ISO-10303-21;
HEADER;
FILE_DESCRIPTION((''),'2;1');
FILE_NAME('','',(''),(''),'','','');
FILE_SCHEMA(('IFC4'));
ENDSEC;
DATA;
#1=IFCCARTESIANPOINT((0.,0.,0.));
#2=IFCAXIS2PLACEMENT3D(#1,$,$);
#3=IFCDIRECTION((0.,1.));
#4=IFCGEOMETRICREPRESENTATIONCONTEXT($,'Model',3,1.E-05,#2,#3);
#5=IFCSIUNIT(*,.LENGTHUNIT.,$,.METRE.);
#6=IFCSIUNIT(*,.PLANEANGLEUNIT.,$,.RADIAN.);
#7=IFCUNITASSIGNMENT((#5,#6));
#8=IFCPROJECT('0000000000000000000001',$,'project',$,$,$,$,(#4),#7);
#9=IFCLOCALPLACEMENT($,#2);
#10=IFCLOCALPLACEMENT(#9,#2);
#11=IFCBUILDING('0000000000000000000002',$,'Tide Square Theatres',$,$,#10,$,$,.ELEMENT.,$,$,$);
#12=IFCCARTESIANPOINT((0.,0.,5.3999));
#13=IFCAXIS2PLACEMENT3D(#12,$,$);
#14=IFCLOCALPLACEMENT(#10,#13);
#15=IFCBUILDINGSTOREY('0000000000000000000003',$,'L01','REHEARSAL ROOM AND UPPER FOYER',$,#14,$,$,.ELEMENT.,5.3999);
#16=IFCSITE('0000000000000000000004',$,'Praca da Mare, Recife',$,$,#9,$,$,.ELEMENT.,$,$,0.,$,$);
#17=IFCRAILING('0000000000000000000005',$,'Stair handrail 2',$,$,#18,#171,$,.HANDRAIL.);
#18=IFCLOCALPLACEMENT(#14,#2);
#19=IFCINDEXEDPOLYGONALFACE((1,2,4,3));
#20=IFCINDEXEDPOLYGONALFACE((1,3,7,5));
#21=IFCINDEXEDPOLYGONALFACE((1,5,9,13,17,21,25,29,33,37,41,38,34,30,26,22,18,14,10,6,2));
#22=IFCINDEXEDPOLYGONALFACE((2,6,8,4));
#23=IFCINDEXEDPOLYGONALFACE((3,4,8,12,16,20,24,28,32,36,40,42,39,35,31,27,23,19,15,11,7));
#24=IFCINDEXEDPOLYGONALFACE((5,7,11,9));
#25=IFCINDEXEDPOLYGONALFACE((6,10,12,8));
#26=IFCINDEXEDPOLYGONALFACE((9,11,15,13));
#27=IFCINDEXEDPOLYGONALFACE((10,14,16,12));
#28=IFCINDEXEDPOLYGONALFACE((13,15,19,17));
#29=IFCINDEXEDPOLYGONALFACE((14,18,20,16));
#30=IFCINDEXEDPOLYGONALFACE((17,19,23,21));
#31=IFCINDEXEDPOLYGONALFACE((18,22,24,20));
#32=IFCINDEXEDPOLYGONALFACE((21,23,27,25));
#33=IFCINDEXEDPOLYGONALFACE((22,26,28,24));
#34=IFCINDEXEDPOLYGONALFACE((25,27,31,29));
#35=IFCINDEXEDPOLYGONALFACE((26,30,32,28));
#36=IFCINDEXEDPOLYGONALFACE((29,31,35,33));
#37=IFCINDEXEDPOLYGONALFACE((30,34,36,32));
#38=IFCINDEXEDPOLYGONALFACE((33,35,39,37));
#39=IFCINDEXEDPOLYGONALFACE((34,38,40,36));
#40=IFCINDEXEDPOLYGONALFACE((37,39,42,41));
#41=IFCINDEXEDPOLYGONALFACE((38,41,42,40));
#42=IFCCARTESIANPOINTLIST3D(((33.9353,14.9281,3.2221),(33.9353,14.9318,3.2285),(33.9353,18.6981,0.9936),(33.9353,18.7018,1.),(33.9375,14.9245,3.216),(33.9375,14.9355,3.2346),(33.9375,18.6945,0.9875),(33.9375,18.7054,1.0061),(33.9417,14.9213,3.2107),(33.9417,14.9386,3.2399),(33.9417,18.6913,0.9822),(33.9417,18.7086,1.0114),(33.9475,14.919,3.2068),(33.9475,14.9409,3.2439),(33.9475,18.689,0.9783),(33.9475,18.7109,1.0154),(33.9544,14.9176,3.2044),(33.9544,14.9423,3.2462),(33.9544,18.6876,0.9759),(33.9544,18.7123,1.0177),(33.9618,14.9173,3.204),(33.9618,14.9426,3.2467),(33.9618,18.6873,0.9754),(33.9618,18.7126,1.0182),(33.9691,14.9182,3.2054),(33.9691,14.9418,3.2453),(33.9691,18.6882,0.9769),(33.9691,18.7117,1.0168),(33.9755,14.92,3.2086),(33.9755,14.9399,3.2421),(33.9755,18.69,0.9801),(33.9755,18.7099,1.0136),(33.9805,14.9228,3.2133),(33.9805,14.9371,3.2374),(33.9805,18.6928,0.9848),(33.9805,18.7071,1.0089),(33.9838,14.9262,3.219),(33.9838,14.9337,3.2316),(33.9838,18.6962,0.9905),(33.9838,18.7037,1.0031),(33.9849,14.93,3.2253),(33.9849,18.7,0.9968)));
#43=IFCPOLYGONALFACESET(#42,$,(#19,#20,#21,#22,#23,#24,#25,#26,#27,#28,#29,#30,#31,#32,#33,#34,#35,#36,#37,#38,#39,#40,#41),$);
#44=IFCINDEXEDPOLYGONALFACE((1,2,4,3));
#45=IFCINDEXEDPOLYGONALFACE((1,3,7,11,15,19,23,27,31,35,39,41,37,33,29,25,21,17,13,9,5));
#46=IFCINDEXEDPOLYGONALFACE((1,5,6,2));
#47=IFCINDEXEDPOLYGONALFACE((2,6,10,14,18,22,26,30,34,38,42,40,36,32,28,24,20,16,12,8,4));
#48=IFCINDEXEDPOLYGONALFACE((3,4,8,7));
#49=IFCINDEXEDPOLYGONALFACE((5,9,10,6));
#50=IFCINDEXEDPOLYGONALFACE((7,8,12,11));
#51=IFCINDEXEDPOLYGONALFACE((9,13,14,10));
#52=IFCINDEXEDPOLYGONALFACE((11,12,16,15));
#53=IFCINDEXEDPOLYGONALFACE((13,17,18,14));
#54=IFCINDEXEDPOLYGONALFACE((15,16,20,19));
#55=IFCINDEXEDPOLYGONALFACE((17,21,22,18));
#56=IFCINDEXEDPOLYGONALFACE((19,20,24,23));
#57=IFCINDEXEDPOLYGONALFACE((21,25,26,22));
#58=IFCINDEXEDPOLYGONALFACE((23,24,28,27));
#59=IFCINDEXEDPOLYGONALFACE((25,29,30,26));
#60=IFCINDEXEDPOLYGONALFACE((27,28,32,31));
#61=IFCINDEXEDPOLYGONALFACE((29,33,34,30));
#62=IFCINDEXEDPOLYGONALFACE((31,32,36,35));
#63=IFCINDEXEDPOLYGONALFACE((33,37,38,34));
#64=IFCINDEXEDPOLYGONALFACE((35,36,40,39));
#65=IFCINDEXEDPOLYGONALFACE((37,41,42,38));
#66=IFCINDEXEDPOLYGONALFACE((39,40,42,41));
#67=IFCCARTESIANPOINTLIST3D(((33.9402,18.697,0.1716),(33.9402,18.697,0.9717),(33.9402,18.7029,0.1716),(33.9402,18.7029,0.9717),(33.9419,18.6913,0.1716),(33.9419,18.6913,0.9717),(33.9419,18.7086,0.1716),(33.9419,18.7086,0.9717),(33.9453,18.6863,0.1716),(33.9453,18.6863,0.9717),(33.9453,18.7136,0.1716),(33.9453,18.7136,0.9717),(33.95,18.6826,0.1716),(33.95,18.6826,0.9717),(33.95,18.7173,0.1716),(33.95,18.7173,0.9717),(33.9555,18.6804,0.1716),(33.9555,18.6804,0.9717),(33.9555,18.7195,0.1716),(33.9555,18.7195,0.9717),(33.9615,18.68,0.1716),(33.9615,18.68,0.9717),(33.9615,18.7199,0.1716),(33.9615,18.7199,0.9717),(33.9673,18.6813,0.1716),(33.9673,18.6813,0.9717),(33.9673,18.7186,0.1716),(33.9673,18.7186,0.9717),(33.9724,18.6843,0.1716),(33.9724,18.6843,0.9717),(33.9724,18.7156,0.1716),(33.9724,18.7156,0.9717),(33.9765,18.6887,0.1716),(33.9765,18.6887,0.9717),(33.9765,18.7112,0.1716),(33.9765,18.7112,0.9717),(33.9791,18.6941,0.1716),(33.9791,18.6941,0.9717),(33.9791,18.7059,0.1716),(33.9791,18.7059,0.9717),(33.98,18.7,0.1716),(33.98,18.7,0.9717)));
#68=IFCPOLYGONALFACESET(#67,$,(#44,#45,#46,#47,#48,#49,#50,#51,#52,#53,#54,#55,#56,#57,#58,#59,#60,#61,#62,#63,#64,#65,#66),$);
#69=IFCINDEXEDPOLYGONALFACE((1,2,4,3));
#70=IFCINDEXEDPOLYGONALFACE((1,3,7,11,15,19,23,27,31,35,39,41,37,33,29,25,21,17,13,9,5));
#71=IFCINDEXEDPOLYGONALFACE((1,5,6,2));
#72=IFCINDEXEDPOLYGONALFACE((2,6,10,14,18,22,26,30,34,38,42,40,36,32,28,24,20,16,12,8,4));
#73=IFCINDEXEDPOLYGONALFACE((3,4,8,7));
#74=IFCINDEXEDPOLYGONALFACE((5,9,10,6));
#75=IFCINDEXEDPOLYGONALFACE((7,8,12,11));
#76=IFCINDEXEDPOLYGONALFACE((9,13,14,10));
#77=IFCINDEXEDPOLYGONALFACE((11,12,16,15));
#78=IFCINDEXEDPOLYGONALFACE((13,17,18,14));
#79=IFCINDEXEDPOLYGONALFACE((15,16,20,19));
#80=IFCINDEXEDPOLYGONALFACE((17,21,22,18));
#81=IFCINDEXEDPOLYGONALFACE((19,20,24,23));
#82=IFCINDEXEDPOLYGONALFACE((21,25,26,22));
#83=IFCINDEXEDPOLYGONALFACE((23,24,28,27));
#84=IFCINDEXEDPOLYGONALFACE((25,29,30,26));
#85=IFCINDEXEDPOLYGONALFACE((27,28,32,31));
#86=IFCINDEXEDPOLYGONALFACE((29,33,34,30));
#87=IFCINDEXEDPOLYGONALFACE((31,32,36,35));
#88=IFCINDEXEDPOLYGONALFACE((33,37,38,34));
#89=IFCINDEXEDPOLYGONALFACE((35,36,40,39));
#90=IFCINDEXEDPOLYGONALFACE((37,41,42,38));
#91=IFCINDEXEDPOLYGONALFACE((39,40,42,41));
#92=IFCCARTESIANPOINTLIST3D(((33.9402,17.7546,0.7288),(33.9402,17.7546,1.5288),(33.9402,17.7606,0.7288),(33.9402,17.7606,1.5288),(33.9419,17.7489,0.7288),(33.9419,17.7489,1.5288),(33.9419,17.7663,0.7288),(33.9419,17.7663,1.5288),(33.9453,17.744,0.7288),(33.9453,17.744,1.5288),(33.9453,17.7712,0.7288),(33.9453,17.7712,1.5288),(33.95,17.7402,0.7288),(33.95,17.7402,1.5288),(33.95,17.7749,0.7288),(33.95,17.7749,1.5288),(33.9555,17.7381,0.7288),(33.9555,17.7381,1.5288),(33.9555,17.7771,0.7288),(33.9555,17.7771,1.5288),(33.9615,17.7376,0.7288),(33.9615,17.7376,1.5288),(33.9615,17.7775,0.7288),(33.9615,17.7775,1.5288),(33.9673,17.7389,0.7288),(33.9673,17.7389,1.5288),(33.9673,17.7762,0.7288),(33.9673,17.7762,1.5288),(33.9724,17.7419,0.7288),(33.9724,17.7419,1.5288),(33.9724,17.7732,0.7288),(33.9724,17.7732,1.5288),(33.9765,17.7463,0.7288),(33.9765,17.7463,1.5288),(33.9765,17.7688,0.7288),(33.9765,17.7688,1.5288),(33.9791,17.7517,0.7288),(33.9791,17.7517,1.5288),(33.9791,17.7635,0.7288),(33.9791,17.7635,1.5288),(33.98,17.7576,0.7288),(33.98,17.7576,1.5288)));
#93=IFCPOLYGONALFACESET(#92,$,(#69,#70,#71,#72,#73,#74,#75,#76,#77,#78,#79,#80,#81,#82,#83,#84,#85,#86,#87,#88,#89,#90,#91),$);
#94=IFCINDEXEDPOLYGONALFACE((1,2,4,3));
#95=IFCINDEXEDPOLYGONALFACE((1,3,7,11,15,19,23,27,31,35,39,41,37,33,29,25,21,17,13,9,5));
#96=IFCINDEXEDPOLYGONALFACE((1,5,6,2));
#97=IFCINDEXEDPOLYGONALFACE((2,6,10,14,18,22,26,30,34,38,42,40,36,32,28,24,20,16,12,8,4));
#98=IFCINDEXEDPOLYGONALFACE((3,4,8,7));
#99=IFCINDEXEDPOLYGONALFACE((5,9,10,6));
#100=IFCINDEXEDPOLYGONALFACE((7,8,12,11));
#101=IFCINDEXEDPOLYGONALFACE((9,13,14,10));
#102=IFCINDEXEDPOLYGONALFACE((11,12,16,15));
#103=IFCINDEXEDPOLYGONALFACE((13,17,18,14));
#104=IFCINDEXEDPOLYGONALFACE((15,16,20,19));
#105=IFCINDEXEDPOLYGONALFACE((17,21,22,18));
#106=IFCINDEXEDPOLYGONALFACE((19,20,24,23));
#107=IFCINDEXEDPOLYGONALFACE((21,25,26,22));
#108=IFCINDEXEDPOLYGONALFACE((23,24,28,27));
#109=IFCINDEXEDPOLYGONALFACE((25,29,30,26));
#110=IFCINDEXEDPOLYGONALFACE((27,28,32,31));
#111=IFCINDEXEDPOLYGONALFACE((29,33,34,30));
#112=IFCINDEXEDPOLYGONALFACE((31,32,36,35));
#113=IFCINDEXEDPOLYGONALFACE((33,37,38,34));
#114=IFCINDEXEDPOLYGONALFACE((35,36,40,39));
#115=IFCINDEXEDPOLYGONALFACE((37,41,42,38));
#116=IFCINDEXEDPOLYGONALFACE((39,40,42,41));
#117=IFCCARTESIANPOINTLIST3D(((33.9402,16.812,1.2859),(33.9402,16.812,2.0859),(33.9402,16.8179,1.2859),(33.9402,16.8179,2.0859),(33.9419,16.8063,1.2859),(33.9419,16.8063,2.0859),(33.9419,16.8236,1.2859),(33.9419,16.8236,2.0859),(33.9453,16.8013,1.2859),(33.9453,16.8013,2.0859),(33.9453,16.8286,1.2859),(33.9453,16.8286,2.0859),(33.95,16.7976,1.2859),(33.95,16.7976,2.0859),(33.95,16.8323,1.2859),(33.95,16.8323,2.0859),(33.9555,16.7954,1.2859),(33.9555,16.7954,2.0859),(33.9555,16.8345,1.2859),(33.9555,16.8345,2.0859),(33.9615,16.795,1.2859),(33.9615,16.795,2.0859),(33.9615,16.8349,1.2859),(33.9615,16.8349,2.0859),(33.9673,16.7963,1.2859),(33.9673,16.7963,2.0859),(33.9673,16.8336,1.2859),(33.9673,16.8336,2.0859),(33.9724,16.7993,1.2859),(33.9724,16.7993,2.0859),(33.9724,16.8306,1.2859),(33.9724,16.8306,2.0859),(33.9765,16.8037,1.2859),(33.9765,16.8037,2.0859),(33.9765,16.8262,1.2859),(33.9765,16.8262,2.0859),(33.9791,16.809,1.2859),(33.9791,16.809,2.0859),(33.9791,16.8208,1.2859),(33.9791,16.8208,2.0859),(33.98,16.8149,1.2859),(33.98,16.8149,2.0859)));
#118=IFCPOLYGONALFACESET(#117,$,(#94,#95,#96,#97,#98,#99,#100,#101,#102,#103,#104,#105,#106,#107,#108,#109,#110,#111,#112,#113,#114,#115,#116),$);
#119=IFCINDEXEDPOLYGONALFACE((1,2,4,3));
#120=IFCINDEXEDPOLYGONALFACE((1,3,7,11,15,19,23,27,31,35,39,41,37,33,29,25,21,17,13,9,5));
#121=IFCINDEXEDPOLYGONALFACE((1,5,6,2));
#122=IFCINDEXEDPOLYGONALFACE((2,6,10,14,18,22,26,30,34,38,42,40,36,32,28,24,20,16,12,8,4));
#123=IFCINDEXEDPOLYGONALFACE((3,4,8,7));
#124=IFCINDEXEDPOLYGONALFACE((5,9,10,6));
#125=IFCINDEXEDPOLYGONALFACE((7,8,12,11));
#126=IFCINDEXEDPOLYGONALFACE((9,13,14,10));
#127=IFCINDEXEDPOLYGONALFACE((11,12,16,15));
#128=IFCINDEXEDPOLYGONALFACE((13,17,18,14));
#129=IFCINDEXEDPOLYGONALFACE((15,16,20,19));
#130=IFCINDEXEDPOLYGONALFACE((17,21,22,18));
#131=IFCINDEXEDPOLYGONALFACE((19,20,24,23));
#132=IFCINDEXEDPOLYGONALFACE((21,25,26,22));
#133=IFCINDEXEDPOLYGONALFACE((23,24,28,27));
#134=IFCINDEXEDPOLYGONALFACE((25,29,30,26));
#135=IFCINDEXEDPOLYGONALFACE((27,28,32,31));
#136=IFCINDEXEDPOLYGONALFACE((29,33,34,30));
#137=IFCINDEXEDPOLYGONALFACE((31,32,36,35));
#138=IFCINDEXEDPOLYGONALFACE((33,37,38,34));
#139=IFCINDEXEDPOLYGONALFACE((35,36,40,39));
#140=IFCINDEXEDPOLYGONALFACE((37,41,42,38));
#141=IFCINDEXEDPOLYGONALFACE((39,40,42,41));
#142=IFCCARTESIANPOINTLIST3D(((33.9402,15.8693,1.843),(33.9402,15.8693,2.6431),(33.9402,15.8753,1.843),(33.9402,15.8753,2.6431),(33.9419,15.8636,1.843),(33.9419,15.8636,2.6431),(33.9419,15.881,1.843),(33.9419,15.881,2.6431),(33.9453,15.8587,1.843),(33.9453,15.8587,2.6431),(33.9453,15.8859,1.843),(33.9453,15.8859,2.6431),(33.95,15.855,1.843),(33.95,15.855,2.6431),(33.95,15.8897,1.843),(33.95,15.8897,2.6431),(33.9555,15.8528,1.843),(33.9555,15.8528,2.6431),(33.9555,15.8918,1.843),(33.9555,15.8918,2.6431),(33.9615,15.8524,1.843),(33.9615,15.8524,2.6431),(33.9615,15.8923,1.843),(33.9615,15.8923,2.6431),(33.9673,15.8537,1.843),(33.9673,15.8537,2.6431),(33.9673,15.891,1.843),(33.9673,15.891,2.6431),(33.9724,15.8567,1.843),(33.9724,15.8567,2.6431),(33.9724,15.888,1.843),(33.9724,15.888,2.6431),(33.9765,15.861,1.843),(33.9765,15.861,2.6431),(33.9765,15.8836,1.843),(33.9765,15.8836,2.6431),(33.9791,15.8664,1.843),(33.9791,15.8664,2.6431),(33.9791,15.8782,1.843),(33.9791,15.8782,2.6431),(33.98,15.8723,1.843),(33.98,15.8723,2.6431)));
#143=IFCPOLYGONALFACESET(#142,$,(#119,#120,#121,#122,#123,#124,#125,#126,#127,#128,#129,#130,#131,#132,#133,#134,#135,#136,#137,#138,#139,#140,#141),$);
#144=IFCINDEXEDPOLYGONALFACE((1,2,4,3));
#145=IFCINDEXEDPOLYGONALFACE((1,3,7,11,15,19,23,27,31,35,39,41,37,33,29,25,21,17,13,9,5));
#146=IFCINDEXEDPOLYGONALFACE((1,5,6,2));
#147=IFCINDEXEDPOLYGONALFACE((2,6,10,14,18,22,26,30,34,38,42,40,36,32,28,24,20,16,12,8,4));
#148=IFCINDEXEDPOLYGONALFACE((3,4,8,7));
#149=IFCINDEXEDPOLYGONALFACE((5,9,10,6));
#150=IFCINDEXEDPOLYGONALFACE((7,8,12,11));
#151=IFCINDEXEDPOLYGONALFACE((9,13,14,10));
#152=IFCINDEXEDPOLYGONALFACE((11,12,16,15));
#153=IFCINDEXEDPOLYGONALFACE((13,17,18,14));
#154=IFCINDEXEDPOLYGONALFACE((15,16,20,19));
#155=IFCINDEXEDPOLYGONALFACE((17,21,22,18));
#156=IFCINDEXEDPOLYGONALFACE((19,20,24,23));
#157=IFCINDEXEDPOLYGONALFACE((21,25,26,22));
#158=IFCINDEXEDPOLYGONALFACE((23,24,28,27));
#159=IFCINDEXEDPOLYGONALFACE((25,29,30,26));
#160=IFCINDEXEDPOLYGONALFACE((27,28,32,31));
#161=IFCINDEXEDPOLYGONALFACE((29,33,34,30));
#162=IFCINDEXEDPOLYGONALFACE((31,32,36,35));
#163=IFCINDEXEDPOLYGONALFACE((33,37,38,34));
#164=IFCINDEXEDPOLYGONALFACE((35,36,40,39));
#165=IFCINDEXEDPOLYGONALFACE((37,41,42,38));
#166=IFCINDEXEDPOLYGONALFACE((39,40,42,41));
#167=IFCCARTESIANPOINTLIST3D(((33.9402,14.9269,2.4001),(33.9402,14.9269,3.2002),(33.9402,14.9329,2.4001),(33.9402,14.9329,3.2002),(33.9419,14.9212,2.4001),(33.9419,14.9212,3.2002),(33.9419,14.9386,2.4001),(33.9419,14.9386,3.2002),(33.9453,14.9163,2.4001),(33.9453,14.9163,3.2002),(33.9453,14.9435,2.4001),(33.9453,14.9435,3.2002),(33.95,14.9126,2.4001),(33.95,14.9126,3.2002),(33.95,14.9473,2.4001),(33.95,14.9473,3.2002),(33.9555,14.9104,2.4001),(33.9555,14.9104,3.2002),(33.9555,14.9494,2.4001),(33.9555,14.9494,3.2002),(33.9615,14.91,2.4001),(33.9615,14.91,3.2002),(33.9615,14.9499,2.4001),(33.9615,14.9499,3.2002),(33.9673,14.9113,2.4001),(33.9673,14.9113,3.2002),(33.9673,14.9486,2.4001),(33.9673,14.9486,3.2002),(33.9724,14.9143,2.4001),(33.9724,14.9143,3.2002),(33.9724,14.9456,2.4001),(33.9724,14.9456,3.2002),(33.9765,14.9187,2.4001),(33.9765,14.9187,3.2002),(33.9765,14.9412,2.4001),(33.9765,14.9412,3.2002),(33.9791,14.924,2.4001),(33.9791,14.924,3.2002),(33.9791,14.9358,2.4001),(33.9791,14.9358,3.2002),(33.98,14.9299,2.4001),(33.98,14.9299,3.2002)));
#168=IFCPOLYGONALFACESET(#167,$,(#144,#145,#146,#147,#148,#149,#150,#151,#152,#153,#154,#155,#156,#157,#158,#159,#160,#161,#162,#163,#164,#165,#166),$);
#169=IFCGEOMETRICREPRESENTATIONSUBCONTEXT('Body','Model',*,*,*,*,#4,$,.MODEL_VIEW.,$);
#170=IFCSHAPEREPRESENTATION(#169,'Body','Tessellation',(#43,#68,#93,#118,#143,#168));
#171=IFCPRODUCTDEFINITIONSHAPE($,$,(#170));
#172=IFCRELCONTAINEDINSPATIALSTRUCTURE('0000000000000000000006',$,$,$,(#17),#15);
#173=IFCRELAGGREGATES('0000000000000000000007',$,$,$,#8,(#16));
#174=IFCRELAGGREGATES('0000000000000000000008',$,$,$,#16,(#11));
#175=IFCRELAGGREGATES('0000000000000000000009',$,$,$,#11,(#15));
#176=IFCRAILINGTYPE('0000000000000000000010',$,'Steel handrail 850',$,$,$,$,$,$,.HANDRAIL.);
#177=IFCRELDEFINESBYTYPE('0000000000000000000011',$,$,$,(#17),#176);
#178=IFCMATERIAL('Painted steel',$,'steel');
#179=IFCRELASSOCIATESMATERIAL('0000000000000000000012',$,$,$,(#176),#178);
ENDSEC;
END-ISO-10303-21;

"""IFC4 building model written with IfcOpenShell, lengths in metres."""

from ifc_helpers import new_model, si_unit, direction, frame, origin, origin_2d, place, context, subcontext, project, spatial, circle, extrude, material, type_object, element, save


model = new_model("IFC4")

# Units and contexts
model_context = context("Model", 3, precision=1e-05, world=origin(), true_north=direction((0.0, 1.0)))
body_context = subcontext(model_context, "Body", "Model", "MODEL_VIEW")
ifc_project = project(units=[si_unit("LENGTHUNIT", "METRE"), si_unit("PLANEANGLEUNIT", "RADIAN")], contexts=[model_context])

# Site, building, storey
site_placement = place(None, origin())
site = spatial("IfcSite", under=ifc_project, at=site_placement, Name="Praca da Mare, Recife", CompositionType="ELEMENT", RefElevation=0.0)
building_placement = place(site_placement, origin())
building = spatial("IfcBuilding", under=site, at=building_placement, Name="Tide Square Theatres", CompositionType="ELEMENT")
storey_placement = place(building_placement, frame((0.0, 0.0, 5.3999)))
storey = spatial("IfcBuildingStorey", under=building, at=storey_placement, Name="L01", Description="REHEARSAL ROOM AND UPPER FOYER", CompositionType="ELEMENT", Elevation=5.3999)

# Railing
ifc_material_1 = material(Name="Painted steel", Category="steel")
railing_type = type_object("IfcRailingType", Name="Steel handrail 850", PredefinedType="HANDRAIL", material=ifc_material_1)
railing_placement = place(storey_placement, frame((33.96, 18.7, 0.1716)))
element("IfcRailing", 1, at=railing_placement, inside=storey, type_object=railing_type, Name="Stair handrail 2", PredefinedType="HANDRAIL", context=body_context, shape_type="SweptSolid", body=[
    extrude(circle(Radius=0.0249, at=origin_2d()), frame((0.0, 0.0, 0.8252), z_axis=(0.0, -0.860849, 0.508861), x_axis=(1.0, 0.0, 0.0)), (0.0, 0.0, 1.0), 4.3794),
    extrude(circle(Radius=0.02, at=origin_2d()), origin(), (0.0, 0.0, 1.0), 0.8),
    extrude(circle(Radius=0.02, at=origin_2d()), frame((0.0, -0.9424, 0.5571)), (0.0, 0.0, 1.0), 0.8),
    extrude(circle(Radius=0.02, at=origin_2d()), frame((0.0, -1.885, 1.1143)), (0.0, 0.0, 1.0), 0.8),
    extrude(circle(Radius=0.02, at=origin_2d()), frame((0.0, -2.8276, 1.6714)), (0.0, 0.0, 1.0), 0.8),
    extrude(circle(Radius=0.02, at=origin_2d()), frame((0.0, -3.77, 2.2285)), (0.0, 0.0, 1.0), 0.8),
])

save(model, "model.ifc")
